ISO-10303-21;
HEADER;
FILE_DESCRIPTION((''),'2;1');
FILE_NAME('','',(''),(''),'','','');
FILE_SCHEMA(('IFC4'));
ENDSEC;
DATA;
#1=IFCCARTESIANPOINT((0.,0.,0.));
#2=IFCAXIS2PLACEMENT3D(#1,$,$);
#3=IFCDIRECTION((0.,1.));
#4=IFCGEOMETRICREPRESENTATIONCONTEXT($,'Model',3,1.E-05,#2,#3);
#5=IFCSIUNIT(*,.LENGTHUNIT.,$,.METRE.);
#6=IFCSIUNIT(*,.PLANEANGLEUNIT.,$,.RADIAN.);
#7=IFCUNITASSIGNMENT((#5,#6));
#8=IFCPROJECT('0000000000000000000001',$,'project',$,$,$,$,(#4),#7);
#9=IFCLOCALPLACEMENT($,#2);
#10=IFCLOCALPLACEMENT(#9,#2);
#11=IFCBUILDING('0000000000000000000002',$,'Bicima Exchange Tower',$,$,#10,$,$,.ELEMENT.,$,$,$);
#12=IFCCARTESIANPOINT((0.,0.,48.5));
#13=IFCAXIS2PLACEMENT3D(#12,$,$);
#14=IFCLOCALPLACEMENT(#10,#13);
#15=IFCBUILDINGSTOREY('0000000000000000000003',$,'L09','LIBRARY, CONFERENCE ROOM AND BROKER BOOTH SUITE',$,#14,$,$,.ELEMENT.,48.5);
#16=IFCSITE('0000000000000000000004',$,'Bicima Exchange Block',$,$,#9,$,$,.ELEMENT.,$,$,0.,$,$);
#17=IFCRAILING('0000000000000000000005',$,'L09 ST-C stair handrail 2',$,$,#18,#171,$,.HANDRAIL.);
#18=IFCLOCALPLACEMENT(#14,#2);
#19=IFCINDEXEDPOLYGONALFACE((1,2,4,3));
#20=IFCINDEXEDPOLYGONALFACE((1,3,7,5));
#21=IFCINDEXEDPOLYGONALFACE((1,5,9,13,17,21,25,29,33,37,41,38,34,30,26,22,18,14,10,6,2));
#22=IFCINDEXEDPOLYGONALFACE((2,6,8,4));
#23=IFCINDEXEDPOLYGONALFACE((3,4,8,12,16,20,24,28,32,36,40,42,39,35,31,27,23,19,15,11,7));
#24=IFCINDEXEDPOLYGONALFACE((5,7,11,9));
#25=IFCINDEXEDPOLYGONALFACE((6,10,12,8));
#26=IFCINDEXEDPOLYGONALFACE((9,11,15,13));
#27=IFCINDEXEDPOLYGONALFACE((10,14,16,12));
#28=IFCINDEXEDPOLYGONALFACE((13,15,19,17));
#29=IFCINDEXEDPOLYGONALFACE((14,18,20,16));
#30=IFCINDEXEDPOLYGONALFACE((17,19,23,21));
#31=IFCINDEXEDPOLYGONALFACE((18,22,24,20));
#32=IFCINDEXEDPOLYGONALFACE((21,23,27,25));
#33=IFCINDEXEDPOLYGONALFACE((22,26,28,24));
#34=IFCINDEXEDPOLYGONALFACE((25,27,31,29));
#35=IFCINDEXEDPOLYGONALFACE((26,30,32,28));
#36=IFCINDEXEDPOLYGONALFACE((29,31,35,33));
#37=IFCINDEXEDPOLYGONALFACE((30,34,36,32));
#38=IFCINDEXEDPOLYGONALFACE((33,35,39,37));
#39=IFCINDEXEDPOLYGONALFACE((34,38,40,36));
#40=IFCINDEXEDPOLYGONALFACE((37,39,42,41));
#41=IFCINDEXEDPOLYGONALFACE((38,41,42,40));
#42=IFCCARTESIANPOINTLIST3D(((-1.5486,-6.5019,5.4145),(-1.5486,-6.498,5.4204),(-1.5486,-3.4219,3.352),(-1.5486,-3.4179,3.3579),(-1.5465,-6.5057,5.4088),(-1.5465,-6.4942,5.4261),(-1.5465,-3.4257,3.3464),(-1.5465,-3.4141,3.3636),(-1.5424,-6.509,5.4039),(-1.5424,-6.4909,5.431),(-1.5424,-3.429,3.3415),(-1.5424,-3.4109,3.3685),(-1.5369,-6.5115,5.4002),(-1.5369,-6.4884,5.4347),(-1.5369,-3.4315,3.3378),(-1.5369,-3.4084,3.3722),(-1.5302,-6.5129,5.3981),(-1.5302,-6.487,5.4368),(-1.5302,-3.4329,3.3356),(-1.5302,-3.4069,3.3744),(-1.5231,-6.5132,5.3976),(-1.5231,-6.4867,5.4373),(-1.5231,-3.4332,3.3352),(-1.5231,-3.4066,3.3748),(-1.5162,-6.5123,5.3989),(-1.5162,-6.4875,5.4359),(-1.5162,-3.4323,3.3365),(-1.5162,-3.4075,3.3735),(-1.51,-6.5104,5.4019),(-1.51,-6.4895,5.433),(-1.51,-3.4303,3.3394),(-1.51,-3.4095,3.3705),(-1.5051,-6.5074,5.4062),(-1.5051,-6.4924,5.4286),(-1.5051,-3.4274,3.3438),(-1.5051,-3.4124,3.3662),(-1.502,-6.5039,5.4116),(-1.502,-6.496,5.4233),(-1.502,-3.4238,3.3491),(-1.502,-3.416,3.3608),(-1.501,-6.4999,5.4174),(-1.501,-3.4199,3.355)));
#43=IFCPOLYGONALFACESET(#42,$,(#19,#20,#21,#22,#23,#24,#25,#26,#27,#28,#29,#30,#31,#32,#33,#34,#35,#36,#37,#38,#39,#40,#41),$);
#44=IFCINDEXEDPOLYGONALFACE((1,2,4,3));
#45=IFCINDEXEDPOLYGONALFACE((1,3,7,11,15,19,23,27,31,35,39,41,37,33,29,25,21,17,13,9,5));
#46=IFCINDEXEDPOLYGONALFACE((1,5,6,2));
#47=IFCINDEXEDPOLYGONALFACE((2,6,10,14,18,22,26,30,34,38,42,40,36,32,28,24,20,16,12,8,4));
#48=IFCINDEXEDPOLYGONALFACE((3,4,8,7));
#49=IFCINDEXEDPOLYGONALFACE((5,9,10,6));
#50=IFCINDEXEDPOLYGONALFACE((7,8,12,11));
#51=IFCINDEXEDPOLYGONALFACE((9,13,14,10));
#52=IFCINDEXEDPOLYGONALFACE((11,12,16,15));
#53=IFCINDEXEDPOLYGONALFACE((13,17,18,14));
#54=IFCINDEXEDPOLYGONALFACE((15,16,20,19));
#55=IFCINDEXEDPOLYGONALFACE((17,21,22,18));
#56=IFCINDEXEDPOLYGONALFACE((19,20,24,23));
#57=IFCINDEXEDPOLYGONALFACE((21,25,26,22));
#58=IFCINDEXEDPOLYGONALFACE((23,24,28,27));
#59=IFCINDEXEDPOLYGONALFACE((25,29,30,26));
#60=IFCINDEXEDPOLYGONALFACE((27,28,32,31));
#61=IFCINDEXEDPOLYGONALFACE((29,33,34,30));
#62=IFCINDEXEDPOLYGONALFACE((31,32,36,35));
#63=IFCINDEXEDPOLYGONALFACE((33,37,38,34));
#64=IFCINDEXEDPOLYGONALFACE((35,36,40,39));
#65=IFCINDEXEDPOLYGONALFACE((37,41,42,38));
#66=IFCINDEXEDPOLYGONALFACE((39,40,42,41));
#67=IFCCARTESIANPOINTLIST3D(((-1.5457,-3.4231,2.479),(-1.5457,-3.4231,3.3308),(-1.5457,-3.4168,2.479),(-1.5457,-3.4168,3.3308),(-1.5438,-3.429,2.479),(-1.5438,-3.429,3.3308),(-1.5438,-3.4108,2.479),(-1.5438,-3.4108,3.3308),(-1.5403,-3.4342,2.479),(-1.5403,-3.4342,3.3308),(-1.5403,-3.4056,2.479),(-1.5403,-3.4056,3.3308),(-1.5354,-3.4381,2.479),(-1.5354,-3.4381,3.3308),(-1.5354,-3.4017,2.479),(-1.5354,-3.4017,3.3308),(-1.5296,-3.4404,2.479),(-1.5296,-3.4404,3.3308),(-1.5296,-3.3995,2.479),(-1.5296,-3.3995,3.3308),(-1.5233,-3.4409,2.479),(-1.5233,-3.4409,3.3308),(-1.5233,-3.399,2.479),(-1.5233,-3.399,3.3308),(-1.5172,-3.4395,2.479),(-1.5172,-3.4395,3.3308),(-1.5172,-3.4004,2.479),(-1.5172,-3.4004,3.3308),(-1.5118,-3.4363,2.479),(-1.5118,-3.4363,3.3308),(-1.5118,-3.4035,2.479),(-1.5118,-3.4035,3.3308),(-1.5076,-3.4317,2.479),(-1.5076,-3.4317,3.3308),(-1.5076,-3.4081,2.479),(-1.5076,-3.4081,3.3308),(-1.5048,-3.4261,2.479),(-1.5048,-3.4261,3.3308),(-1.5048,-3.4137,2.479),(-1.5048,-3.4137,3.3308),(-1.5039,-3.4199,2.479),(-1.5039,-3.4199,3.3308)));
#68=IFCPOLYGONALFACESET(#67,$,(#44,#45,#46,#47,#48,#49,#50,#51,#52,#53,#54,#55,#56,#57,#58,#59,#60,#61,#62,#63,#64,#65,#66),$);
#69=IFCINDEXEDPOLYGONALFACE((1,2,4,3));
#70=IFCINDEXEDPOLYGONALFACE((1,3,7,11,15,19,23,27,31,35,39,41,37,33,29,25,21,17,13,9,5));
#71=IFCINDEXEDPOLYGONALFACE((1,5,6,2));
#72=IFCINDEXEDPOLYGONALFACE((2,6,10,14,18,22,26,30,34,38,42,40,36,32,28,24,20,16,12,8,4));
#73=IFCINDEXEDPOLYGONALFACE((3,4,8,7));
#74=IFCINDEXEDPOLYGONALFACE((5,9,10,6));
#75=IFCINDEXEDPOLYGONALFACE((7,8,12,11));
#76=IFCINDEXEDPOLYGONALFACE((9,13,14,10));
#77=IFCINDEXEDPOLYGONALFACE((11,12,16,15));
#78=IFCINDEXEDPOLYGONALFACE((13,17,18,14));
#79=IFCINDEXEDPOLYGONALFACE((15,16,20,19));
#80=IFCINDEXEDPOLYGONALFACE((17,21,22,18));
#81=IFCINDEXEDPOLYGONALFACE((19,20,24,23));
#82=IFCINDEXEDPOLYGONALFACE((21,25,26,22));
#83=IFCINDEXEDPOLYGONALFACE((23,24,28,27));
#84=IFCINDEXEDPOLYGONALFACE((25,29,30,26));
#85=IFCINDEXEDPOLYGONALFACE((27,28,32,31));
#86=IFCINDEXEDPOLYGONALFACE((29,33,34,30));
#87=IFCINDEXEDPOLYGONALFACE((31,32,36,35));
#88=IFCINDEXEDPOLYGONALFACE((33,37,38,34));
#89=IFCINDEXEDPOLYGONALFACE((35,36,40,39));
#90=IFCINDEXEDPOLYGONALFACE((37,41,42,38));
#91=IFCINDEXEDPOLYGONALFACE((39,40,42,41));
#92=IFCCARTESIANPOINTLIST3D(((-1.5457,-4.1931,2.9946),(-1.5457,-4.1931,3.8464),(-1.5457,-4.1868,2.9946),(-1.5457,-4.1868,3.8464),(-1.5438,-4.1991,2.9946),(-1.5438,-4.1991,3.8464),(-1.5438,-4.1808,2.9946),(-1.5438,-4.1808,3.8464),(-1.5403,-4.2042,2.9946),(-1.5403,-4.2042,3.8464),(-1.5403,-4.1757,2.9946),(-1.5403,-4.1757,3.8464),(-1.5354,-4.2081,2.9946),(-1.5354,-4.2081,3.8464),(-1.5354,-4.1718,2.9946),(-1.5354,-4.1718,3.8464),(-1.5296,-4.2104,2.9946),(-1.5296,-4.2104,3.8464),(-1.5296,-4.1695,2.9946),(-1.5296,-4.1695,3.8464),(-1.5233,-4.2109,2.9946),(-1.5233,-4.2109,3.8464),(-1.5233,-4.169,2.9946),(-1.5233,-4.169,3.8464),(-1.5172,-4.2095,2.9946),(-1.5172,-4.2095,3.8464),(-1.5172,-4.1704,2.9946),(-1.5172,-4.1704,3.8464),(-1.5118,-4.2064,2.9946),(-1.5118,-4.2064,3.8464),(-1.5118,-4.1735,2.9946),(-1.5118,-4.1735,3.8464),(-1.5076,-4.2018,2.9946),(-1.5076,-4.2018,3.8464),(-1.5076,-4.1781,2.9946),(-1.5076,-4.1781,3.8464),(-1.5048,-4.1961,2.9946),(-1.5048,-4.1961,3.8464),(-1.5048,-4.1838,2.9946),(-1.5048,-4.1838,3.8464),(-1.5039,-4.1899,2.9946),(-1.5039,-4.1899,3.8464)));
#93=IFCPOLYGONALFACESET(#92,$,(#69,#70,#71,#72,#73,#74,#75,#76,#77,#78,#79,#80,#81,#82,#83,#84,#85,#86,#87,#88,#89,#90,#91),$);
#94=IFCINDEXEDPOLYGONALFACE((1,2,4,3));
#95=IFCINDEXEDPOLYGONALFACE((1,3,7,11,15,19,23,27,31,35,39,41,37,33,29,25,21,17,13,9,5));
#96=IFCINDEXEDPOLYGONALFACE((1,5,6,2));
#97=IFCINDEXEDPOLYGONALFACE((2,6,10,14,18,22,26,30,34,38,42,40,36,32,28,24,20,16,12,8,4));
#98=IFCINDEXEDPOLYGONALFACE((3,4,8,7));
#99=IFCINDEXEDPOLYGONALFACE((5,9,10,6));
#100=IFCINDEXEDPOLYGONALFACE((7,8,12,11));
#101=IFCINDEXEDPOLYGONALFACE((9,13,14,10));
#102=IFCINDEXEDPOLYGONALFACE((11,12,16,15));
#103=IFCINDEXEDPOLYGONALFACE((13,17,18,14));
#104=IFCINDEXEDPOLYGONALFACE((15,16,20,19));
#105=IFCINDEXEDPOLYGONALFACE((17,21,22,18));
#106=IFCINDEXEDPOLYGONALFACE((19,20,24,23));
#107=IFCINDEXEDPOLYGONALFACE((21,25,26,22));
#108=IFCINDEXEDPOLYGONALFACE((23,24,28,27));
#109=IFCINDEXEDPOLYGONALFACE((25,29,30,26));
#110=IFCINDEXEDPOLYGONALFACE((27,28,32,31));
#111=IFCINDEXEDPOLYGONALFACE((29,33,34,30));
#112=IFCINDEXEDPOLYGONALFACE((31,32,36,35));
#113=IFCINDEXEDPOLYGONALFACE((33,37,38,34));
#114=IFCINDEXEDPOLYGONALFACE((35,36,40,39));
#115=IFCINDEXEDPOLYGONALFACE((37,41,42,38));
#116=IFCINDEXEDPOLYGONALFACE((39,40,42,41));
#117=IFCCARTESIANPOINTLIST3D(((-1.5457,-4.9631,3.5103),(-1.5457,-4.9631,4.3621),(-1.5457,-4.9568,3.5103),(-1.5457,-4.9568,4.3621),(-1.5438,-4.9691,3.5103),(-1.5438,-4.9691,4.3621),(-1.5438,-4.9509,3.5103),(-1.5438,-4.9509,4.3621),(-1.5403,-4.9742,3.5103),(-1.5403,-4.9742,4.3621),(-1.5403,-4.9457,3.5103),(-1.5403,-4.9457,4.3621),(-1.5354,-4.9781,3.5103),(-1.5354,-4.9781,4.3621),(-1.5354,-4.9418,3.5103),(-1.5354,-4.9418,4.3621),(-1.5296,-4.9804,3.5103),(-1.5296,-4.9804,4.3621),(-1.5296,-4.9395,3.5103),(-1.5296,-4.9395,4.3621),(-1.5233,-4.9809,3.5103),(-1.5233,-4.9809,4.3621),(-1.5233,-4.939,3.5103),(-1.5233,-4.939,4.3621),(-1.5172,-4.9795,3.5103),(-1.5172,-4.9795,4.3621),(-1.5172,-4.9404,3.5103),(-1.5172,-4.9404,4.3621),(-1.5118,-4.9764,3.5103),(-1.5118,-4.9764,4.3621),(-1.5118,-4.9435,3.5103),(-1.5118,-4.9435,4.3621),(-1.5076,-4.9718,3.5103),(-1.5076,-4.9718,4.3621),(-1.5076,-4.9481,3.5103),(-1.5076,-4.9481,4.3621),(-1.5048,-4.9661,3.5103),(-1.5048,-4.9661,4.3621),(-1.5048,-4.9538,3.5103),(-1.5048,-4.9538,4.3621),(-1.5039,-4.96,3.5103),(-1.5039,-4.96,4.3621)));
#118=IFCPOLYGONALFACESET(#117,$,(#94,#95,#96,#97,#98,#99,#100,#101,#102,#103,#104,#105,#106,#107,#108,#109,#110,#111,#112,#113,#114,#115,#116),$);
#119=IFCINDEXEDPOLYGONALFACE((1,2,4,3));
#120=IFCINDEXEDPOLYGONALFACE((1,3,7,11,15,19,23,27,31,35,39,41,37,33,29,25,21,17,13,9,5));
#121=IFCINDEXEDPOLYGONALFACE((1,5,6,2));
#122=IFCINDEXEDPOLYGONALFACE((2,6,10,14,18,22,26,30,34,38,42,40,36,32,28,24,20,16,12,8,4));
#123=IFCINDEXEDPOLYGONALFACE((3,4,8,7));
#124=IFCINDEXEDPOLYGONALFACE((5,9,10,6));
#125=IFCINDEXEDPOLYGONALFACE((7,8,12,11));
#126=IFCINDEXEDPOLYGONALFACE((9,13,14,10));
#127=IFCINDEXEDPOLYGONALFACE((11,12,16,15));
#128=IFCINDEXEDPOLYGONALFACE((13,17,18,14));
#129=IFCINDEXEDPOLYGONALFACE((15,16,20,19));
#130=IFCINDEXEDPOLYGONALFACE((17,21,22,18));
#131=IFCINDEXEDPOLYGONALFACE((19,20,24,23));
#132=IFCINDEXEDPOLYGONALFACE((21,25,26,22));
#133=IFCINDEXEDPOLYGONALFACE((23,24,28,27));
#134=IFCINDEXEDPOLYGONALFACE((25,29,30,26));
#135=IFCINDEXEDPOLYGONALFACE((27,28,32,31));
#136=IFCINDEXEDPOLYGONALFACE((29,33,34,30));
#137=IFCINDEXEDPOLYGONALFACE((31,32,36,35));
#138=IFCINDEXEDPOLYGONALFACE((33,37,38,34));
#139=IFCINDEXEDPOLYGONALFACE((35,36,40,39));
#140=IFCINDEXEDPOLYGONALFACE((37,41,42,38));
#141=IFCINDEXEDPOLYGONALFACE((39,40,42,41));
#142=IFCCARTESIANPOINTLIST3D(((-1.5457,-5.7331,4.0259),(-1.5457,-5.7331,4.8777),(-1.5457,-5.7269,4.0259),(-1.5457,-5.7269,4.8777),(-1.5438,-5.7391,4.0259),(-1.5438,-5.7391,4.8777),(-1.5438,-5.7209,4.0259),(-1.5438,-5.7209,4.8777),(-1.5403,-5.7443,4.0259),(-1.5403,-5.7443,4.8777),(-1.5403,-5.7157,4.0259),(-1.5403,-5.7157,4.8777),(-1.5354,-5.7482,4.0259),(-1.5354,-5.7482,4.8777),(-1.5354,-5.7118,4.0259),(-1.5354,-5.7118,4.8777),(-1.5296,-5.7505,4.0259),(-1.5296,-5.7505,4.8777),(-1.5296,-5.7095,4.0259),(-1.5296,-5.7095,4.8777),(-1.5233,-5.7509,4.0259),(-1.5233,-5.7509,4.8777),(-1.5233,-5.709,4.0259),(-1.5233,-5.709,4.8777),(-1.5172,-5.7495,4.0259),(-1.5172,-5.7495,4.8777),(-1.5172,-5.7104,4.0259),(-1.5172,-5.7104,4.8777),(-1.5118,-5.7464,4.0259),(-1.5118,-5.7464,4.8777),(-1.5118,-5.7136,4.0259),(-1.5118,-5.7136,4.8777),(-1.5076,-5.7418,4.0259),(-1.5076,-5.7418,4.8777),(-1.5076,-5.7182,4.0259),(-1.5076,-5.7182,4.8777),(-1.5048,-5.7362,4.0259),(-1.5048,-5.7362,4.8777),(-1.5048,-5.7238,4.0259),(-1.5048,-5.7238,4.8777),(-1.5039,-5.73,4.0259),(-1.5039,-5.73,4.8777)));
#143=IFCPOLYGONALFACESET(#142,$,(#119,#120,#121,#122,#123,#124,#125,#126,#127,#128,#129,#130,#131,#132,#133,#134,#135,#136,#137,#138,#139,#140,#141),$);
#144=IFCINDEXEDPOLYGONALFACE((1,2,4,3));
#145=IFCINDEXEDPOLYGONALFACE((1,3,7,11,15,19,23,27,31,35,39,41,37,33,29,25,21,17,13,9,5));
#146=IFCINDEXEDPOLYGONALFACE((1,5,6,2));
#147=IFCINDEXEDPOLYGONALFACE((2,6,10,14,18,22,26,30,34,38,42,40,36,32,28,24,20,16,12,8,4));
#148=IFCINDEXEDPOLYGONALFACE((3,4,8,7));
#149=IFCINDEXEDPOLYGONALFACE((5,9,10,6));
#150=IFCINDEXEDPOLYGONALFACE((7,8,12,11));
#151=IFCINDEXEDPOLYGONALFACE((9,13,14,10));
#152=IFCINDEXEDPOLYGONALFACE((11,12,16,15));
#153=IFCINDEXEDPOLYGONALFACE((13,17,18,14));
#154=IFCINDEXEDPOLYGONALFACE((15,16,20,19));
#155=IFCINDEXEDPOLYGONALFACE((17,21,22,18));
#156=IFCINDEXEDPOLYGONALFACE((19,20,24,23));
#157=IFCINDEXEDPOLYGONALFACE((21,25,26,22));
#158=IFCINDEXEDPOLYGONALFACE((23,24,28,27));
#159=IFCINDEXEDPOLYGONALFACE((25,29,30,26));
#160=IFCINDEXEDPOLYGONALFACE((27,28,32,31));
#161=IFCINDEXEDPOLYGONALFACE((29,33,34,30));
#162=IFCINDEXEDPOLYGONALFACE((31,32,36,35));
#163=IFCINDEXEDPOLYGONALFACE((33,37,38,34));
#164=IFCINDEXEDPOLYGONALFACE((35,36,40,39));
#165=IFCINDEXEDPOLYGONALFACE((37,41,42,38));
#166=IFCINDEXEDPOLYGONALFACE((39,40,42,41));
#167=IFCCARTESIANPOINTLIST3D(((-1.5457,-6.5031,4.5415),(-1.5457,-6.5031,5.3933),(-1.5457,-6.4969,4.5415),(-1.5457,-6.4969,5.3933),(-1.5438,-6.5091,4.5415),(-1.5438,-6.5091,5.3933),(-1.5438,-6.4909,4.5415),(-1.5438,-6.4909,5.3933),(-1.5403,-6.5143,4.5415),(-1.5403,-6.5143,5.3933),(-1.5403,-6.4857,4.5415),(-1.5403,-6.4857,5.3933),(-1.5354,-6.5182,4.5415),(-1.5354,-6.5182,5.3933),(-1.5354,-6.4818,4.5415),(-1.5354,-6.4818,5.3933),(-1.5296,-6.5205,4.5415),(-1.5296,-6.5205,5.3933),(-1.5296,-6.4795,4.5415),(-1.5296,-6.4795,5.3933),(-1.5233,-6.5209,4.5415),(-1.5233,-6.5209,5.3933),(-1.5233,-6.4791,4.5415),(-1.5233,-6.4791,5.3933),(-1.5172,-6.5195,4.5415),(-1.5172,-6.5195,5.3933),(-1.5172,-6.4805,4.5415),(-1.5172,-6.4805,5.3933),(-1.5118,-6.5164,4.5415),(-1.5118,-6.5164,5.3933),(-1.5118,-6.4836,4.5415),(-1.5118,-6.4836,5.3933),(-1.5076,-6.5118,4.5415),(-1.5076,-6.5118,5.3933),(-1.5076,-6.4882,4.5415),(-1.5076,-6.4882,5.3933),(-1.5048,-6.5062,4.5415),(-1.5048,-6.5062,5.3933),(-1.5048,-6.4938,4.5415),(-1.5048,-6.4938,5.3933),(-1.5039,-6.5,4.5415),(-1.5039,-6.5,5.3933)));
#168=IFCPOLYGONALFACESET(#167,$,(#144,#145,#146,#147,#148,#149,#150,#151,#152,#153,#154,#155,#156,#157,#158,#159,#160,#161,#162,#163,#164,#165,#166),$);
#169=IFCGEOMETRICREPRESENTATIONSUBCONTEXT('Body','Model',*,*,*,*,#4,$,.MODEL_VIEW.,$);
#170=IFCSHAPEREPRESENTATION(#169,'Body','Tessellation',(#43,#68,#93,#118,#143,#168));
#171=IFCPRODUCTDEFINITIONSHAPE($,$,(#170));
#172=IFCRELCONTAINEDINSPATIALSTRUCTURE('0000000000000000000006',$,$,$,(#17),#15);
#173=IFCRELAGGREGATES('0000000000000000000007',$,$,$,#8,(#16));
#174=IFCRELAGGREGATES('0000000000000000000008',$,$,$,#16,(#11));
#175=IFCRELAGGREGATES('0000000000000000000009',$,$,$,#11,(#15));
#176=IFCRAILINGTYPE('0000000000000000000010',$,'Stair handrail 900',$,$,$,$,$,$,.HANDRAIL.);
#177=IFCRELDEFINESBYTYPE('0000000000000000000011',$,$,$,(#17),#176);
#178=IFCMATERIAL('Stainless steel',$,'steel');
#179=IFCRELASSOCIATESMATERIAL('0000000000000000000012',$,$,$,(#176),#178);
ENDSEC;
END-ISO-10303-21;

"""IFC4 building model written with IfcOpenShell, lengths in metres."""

from ifc_helpers import new_model, si_unit, direction, frame, origin, origin_2d, place, context, subcontext, project, spatial, circle, extrude, material, type_object, element, save


model = new_model("IFC4")

# Units and contexts
model_context = context("Model", 3, precision=1e-05, world=origin(), true_north=direction((0.0, 1.0)))
body_context = subcontext(model_context, "Body", "Model", "MODEL_VIEW")
ifc_project = project(units=[si_unit("LENGTHUNIT", "METRE"), si_unit("PLANEANGLEUNIT", "RADIAN")], contexts=[model_context])

# Site, building, storey
site_placement = place(None, origin())
site = spatial("IfcSite", under=ifc_project, at=site_placement, Name="Bicima Exchange Block", CompositionType="ELEMENT", RefElevation=0.0)
building_placement = place(site_placement, origin())
building = spatial("IfcBuilding", under=site, at=building_placement, Name="Bicima Exchange Tower", CompositionType="ELEMENT")
storey_placement = place(building_placement, frame((0.0, 0.0, 48.5)))
storey = spatial("IfcBuildingStorey", under=building, at=storey_placement, Name="L09", Description="LIBRARY, CONFERENCE ROOM AND BROKER BOOTH SUITE", CompositionType="ELEMENT", Elevation=48.5)

# Railing
ifc_material_1 = material(Name="Stainless steel", Category="steel")
railing_type = type_object("IfcRailingType", Name="Stair handrail 900", PredefinedType="HANDRAIL", material=ifc_material_1)
railing_placement = place(storey_placement, frame((-1.5249, -3.4199, 2.479)))
element("IfcRailing", 1, at=railing_placement, inside=storey, type_object=railing_type, Name="L09 ST-C stair handrail 2", PredefinedType="HANDRAIL", context=body_context, shape_type="SweptSolid", body=[
    extrude(circle(Radius=0.0239, at=origin_2d()), frame((0.0, 0.0, 0.876), z_axis=(0.0, -0.830914, 0.556401), x_axis=(1.0, 0.0, 0.0)), (0.0, 0.0, 1.0), 3.7068),
    extrude(circle(Radius=0.021, at=origin_2d()), origin(), (0.0, 0.0, 1.0), 0.8518),
    extrude(circle(Radius=0.021, at=origin_2d()), frame((0.0, -0.77, 0.5156)), (0.0, 0.0, 1.0), 0.8518),
    extrude(circle(Radius=0.021, at=origin_2d()), frame((0.0, -1.54, 1.0312)), (0.0, 0.0, 1.0), 0.8518),
    extrude(circle(Radius=0.021, at=origin_2d()), frame((0.0, -2.3101, 1.5469)), (0.0, 0.0, 1.0), 0.8518),
    extrude(circle(Radius=0.021, at=origin_2d()), frame((0.0, -3.0801, 2.0625)), (0.0, 0.0, 1.0), 0.8518),
])

save(model, "model.ifc")
